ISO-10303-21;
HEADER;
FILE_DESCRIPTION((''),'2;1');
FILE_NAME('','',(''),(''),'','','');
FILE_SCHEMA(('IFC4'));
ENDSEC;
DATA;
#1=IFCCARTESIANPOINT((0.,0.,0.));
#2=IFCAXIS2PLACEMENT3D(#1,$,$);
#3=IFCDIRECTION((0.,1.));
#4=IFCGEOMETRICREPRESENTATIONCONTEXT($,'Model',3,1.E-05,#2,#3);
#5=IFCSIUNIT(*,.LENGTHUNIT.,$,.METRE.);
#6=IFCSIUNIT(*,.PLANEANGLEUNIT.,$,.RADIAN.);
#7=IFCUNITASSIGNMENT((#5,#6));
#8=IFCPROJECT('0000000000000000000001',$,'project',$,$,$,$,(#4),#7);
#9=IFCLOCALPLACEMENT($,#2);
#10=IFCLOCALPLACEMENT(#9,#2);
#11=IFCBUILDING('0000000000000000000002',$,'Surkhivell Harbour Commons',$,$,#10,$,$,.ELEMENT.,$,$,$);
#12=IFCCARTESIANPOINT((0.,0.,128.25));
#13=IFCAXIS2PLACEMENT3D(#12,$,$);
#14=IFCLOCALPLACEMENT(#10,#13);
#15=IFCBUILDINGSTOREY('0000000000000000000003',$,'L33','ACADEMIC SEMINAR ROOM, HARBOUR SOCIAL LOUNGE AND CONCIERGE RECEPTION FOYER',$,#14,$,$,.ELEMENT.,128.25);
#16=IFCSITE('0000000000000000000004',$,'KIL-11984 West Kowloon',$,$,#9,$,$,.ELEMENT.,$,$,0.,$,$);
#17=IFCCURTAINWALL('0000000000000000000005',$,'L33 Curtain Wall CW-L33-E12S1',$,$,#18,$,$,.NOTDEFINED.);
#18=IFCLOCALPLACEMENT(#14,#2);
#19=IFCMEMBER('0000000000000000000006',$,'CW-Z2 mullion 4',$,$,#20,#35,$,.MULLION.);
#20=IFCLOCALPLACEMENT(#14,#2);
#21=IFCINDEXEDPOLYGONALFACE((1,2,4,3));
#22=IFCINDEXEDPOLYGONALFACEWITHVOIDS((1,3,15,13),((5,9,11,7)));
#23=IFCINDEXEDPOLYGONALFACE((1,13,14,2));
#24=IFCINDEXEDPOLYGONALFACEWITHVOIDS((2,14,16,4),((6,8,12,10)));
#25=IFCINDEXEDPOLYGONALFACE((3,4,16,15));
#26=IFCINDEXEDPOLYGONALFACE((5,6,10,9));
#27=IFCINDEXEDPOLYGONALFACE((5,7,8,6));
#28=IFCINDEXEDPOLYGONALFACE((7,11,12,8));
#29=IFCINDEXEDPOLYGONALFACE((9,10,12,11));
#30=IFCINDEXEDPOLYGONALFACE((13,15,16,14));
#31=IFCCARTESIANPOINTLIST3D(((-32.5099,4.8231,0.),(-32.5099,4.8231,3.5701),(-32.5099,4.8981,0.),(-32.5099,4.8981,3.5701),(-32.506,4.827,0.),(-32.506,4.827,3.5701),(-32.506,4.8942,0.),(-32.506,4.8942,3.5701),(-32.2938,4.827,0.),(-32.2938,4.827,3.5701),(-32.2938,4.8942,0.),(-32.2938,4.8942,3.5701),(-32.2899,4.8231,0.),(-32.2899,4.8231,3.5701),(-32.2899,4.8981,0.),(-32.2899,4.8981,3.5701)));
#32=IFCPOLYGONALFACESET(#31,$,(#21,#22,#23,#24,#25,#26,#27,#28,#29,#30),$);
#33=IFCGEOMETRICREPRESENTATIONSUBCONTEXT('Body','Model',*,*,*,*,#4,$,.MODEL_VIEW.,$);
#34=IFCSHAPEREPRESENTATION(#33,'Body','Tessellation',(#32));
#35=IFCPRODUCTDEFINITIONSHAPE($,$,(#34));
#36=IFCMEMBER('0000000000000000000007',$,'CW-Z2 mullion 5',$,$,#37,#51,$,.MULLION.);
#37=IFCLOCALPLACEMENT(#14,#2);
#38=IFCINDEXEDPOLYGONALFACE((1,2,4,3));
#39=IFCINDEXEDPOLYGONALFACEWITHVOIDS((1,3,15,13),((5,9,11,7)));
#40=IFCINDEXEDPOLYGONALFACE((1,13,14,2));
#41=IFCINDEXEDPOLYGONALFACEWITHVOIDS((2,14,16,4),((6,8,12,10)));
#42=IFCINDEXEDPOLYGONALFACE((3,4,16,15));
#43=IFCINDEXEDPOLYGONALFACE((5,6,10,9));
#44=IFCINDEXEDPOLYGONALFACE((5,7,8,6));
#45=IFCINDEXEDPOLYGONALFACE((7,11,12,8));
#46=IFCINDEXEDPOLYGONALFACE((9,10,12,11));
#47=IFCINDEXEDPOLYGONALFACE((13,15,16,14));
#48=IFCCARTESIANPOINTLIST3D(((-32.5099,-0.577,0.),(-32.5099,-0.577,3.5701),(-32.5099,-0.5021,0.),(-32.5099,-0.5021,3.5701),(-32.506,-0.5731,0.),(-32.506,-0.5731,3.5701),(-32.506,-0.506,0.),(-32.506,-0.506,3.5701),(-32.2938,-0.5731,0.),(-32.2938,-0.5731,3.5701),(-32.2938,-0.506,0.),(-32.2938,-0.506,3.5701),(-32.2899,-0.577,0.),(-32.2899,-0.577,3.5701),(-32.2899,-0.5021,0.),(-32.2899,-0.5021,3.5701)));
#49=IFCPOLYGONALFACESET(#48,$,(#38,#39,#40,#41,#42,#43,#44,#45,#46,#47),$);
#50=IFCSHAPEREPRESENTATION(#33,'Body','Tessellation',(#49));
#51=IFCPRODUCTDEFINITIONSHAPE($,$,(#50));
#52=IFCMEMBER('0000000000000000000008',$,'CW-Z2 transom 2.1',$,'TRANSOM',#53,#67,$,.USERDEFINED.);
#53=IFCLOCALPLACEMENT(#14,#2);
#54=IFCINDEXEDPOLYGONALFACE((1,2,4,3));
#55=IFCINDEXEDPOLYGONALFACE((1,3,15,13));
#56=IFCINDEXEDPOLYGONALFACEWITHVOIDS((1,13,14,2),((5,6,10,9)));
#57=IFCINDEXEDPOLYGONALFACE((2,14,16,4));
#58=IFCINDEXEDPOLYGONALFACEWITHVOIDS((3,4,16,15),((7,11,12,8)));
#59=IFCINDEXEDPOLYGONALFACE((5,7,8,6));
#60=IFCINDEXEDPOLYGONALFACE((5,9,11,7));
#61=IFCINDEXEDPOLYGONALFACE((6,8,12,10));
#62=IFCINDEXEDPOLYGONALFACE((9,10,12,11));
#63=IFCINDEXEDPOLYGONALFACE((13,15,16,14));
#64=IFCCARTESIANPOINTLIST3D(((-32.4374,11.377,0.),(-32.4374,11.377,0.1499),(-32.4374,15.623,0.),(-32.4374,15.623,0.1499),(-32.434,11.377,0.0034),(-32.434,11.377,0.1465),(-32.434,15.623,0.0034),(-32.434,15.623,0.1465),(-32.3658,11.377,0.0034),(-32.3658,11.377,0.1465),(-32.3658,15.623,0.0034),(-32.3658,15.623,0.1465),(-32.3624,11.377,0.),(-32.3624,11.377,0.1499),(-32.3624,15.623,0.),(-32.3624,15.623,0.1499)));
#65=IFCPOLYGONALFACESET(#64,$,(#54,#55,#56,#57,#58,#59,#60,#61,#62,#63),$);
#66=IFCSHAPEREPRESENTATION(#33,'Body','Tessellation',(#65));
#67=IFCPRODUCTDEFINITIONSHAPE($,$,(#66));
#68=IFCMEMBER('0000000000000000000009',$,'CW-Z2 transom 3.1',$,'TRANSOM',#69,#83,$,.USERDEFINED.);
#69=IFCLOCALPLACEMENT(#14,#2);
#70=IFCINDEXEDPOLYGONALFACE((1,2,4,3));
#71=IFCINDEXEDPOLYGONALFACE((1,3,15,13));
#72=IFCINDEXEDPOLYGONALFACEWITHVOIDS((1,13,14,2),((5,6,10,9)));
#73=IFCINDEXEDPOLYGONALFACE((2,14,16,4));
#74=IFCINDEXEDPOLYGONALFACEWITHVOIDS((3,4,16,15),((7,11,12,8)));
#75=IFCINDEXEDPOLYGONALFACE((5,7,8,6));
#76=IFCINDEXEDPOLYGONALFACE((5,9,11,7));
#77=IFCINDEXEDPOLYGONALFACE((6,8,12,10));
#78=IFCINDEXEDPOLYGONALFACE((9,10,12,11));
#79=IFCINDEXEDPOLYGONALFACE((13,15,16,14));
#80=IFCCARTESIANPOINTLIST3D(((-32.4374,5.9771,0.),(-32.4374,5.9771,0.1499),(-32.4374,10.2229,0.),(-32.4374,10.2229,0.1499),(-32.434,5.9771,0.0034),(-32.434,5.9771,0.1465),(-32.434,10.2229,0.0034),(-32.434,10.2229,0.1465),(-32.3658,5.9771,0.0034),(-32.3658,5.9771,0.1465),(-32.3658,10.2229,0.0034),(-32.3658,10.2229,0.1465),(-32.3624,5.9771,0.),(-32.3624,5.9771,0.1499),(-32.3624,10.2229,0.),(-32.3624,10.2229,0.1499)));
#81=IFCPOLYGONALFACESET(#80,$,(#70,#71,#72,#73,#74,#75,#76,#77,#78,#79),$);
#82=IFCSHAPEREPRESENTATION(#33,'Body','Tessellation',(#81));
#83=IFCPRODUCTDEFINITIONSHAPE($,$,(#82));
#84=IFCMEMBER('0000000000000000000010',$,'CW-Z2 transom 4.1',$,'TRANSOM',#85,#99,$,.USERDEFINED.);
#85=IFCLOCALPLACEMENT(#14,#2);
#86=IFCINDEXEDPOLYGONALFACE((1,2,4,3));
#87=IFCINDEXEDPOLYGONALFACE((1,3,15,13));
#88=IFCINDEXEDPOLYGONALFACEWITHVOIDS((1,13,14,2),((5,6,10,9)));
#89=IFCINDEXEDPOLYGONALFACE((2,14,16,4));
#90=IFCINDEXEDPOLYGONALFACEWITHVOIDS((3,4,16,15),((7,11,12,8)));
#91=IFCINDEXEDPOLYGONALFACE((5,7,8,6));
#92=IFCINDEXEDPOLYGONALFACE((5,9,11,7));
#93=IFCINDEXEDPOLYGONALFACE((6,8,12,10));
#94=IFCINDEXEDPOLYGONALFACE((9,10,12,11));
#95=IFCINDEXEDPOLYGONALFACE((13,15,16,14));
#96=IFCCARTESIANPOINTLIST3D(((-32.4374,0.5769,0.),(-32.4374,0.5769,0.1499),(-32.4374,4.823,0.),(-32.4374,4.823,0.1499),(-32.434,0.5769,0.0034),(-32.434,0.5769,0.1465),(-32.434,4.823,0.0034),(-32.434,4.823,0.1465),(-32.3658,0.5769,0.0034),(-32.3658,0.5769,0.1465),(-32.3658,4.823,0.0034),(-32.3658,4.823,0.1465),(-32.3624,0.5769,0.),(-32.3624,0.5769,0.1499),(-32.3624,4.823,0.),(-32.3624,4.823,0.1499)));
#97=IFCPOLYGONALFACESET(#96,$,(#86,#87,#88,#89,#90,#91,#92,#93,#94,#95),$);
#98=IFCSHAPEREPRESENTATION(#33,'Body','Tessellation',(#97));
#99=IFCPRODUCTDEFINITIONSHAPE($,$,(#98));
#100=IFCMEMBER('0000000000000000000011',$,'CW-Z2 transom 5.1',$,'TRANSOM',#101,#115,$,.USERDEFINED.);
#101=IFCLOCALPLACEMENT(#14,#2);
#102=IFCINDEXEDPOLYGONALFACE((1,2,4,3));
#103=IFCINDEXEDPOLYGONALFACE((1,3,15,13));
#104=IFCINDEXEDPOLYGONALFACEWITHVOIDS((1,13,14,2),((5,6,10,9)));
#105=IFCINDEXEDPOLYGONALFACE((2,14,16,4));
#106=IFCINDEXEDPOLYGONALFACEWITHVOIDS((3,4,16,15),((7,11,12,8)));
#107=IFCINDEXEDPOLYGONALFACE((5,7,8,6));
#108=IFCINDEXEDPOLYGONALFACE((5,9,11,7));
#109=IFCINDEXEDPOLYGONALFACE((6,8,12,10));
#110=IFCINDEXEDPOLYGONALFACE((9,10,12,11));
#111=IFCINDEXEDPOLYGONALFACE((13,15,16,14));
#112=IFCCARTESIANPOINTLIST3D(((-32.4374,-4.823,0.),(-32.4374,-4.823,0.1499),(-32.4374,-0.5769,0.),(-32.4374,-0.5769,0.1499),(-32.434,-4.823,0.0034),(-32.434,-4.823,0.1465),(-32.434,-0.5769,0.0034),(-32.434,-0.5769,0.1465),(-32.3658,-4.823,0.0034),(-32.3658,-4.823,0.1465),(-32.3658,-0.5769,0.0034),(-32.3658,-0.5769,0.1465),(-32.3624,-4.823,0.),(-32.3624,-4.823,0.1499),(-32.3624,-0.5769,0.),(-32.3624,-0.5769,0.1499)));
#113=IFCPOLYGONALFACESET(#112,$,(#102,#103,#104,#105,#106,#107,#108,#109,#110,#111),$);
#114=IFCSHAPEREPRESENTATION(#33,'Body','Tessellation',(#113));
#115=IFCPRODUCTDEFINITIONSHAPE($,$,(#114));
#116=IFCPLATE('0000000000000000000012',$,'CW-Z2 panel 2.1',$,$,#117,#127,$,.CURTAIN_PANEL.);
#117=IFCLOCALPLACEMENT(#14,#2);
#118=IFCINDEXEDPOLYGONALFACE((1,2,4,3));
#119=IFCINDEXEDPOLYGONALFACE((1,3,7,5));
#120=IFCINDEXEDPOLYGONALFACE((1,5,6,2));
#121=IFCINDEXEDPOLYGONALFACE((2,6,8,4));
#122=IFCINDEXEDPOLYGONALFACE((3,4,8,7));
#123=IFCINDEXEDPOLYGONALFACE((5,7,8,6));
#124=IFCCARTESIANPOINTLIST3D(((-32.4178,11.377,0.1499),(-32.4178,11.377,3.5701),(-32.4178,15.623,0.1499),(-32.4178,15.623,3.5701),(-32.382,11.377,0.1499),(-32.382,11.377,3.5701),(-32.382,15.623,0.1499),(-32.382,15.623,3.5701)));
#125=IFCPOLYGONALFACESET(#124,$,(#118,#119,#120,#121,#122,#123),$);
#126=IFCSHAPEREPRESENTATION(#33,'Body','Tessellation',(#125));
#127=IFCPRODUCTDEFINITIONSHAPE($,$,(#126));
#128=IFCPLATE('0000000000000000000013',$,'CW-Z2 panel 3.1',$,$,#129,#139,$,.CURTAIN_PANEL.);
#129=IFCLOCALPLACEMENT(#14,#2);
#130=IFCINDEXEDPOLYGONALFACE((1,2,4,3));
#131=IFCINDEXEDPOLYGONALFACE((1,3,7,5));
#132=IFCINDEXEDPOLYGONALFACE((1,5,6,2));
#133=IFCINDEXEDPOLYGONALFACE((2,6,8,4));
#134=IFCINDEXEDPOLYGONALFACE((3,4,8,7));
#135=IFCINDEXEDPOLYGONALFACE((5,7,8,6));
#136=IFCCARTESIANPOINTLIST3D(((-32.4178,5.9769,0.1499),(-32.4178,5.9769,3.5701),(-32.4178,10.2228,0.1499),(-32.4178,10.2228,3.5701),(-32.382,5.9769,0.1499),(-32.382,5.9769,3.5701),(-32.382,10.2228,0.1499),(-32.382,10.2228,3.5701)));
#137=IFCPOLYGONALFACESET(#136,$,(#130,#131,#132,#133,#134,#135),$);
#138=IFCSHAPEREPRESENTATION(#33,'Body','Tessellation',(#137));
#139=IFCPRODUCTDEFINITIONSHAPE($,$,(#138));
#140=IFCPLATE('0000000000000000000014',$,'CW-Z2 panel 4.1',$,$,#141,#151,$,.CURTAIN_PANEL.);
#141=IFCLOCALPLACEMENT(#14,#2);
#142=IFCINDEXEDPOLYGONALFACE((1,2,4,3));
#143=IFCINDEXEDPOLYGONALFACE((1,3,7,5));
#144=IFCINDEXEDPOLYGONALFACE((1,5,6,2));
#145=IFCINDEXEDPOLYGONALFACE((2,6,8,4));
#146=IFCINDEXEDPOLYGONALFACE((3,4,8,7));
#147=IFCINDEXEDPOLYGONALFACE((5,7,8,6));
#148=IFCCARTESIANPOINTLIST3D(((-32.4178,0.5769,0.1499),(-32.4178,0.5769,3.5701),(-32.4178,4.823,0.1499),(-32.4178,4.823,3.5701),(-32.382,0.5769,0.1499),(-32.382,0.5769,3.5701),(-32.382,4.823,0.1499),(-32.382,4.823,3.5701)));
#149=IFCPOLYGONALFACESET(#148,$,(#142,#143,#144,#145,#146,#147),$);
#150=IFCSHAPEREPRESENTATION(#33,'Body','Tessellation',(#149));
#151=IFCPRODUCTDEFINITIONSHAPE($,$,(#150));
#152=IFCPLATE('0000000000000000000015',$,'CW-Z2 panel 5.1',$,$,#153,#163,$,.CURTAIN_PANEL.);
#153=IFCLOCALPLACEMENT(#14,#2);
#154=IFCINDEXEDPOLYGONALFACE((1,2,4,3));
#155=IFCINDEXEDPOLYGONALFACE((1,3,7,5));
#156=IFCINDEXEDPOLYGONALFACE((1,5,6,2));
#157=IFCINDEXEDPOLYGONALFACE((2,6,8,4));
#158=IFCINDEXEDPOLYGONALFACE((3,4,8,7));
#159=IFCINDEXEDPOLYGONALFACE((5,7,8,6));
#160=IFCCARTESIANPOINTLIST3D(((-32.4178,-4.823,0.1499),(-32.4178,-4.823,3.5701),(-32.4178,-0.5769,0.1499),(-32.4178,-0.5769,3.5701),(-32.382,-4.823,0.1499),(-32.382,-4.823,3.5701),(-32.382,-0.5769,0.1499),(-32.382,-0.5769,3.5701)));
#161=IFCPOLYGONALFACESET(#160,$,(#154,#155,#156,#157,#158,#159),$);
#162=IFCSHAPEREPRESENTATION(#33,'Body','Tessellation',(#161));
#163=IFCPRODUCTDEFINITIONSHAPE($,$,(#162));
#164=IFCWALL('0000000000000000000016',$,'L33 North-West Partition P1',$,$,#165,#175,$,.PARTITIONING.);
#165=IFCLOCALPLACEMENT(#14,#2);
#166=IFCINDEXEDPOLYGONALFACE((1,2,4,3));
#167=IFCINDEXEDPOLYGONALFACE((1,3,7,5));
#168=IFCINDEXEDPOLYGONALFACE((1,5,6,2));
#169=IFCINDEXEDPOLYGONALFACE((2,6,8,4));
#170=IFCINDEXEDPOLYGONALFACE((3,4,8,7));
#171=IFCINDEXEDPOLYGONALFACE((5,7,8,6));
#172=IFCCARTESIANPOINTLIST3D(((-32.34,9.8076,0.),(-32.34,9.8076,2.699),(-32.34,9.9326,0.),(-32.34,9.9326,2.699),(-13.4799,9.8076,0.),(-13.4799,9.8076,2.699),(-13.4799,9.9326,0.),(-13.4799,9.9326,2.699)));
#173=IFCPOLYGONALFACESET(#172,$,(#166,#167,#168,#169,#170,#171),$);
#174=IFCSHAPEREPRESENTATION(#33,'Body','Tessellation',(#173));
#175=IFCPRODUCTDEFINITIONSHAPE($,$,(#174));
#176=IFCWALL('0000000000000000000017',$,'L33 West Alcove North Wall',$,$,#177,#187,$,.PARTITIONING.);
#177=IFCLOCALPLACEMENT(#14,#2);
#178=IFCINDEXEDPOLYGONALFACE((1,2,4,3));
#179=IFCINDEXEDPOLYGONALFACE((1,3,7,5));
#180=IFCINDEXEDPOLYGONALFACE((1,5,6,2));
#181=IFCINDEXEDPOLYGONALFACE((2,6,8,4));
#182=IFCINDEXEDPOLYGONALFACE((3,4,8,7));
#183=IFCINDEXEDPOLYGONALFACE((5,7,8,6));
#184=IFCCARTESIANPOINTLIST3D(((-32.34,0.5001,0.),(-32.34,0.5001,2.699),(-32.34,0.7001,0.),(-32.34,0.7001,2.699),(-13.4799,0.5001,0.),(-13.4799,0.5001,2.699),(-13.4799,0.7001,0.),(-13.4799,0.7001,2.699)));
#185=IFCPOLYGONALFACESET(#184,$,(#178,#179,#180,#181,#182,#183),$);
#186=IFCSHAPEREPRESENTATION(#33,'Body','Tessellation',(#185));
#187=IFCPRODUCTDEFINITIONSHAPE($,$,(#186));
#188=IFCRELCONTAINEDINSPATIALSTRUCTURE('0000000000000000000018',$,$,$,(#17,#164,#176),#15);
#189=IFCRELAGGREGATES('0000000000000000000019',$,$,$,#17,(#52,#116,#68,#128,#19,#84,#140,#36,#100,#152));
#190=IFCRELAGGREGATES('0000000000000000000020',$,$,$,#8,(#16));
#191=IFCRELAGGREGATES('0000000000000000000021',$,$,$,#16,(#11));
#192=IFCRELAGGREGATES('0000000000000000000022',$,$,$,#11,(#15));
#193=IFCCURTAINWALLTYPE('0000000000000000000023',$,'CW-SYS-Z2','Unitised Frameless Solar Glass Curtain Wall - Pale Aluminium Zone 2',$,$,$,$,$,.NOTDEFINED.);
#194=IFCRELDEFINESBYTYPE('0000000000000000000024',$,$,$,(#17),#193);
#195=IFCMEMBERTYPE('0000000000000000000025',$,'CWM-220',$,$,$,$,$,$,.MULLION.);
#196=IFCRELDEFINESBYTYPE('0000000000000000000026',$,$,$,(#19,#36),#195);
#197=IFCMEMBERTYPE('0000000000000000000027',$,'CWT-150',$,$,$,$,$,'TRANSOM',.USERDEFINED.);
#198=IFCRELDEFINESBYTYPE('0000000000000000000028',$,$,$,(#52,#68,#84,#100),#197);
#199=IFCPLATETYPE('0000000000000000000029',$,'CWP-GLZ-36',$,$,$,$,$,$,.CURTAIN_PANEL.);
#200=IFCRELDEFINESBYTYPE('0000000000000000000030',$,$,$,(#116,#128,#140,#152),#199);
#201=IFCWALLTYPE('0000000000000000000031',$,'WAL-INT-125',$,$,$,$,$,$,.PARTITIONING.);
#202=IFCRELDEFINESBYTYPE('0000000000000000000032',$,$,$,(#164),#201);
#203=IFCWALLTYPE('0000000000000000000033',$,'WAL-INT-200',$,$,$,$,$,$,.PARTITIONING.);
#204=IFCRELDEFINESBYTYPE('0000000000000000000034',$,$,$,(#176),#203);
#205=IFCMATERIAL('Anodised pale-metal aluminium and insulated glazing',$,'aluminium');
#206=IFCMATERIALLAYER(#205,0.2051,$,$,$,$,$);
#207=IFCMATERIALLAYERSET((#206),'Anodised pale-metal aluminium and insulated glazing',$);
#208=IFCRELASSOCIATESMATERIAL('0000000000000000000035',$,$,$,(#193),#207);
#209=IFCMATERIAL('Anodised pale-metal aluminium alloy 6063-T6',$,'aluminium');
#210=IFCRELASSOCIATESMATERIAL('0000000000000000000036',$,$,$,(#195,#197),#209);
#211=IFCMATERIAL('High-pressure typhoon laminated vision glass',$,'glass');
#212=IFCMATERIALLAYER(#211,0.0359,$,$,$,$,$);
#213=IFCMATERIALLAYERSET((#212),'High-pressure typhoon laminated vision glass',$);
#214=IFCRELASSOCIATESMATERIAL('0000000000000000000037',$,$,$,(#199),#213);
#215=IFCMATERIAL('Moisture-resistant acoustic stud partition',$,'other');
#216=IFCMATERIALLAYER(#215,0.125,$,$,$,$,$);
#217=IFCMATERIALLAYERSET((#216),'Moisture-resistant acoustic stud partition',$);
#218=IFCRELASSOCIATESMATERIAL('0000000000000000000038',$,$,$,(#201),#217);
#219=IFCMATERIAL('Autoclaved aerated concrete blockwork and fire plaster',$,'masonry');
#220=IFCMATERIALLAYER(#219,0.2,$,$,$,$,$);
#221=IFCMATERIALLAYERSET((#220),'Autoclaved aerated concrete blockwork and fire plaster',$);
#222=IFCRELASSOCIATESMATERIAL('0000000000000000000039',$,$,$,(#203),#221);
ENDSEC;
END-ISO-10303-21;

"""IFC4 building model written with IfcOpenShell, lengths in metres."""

from ifc_helpers import new_model, si_unit, direction, frame, frame_2d, origin, origin_2d, place, context, subcontext, project, spatial, rectangle, hollow_rectangle, extrude, material, layer, layer_set, material_profile, profile_set, type_object, element, aggregate, save


model = new_model("IFC4")

# Units and contexts
model_context = context("Model", 3, precision=1e-05, world=origin(), true_north=direction((0.0, 1.0)))
body_context = subcontext(model_context, "Body", "Model", "MODEL_VIEW")
ifc_project = project(units=[si_unit("LENGTHUNIT", "METRE"), si_unit("PLANEANGLEUNIT", "RADIAN")], contexts=[model_context])

# Site, building, storey
site_placement = place(None, origin())
site = spatial("IfcSite", under=ifc_project, at=site_placement, Name="KIL-11984 West Kowloon", CompositionType="ELEMENT", RefElevation=0.0)
building_placement = place(site_placement, origin())
building = spatial("IfcBuilding", under=site, at=building_placement, Name="Surkhivell Harbour Commons", CompositionType="ELEMENT")
storey_placement = place(building_placement, frame((0.0, 0.0, 128.25)))
storey = spatial("IfcBuildingStorey", under=building, at=storey_placement, Name="L33", Description="ACADEMIC SEMINAR ROOM, HARBOUR SOCIAL LOUNGE AND CONCIERGE RECEPTION FOYER", CompositionType="ELEMENT", Elevation=128.25)

# Curtain wall, members, plates
ifc_material_1 = material(Name="Anodised pale-metal aluminium and insulated glazing", Category="aluminium")
ifc_layer_1 = layer(ifc_material_1, 0.2051)
ifc_layer_set_1 = layer_set([ifc_layer_1], Name="Anodised pale-metal aluminium and insulated glazing")
curtain_wall_type = type_object("IfcCurtainWallType", Name="CW-SYS-Z2", Description="Unitised Frameless Solar Glass Curtain Wall - Pale Aluminium Zone 2", PredefinedType="NOTDEFINED", material=ifc_layer_set_1)
curtain_wall_placement = place(storey_placement, origin())
curtain_wall = element("IfcCurtainWall", 1, at=curtain_wall_placement, inside=storey, type_object=curtain_wall_type, Name="L33 Curtain Wall CW-L33-E12S1", PredefinedType="NOTDEFINED")
ifc_material_2 = material(Name="Anodised pale-metal aluminium alloy 6063-T6", Category="aluminium")
ifc_material_profile_1 = material_profile(ifc_material_2, hollow_rectangle(XDim=0.075, YDim=0.22, WallThickness=0.0039, at=origin_2d()), Name="ALU-MULL-75x220")
ifc_profile_set_1 = profile_set([ifc_material_profile_1], Name="Anodised pale-metal aluminium alloy 6063-T6")
member_type_1 = type_object("IfcMemberType", Name="CWM-220", PredefinedType="MULLION", material=ifc_profile_set_1)
member_1_placement = place(storey_placement, frame((-32.3999, 4.8606, 0.0), z_axis=(0.0, 0.0, 1.0), x_axis=(0.0, -1.0, 0.0)))
member_1 = element("IfcMember", 2, at=member_1_placement, type_object=member_type_1, Name="CW-Z2 mullion 4", PredefinedType="MULLION", context=body_context, shape_type="SweptSolid", body=[
    extrude(hollow_rectangle(XDim=0.075, YDim=0.22, WallThickness=0.0039, at=origin_2d()), origin(), (0.0, 0.0, 1.0), 3.5701),
])
member_2_placement = place(storey_placement, frame((-32.3999, -0.5396, 0.0), z_axis=(0.0, 0.0, 1.0), x_axis=(0.0, -1.0, 0.0)))
member_2 = element("IfcMember", 3, at=member_2_placement, type_object=member_type_1, Name="CW-Z2 mullion 5", PredefinedType="MULLION", context=body_context, shape_type="SweptSolid", body=[
    extrude(hollow_rectangle(XDim=0.075, YDim=0.22, WallThickness=0.0039, at=origin_2d()), origin(), (0.0, 0.0, 1.0), 3.5701),
])
ifc_material_profile_2 = material_profile(ifc_material_2, hollow_rectangle(XDim=0.075, YDim=0.1499, WallThickness=0.0034, at=origin_2d()), Name="ALU-TRAN-75x150")
ifc_profile_set_2 = profile_set([ifc_material_profile_2], Name="Anodised pale-metal aluminium alloy 6063-T6")
member_type_2 = type_object("IfcMemberType", Name="CWT-150", ElementType="TRANSOM", PredefinedType="USERDEFINED", material=ifc_profile_set_2)
member_3_placement = place(storey_placement, frame((-32.3999, 15.623, 0.075), z_axis=(0.0, -1.0, 0.0), x_axis=(1.0, 0.0, 0.0)))
member_3 = element("IfcMember", 4, at=member_3_placement, type_object=member_type_2, Name="CW-Z2 transom 2.1", ObjectType="TRANSOM", PredefinedType="USERDEFINED", context=body_context, shape_type="SweptSolid", body=[
    extrude(hollow_rectangle(XDim=0.075, YDim=0.1499, WallThickness=0.0034, at=origin_2d()), origin(), (0.0, 0.0, 1.0), 4.2461),
])
member_4_placement = place(storey_placement, frame((-32.3999, 10.2229, 0.075), z_axis=(0.0, -1.0, 0.0), x_axis=(1.0, 0.0, 0.0)))
member_4 = element("IfcMember", 5, at=member_4_placement, type_object=member_type_2, Name="CW-Z2 transom 3.1", ObjectType="TRANSOM", PredefinedType="USERDEFINED", context=body_context, shape_type="SweptSolid", body=[
    extrude(hollow_rectangle(XDim=0.075, YDim=0.1499, WallThickness=0.0034, at=origin_2d()), origin(), (0.0, 0.0, 1.0), 4.2458),
])
member_5_placement = place(storey_placement, frame((-32.3999, 4.823, 0.075), z_axis=(0.0, -1.0, 0.0), x_axis=(1.0, 0.0, 0.0)))
member_5 = element("IfcMember", 6, at=member_5_placement, type_object=member_type_2, Name="CW-Z2 transom 4.1", ObjectType="TRANSOM", PredefinedType="USERDEFINED", context=body_context, shape_type="SweptSolid", body=[
    extrude(hollow_rectangle(XDim=0.075, YDim=0.1499, WallThickness=0.0034, at=origin_2d()), origin(), (0.0, 0.0, 1.0), 4.2461),
])
member_6_placement = place(storey_placement, frame((-32.3999, -0.5769, 0.075), z_axis=(0.0, -1.0, 0.0), x_axis=(1.0, 0.0, 0.0)))
member_6 = element("IfcMember", 7, at=member_6_placement, type_object=member_type_2, Name="CW-Z2 transom 5.1", ObjectType="TRANSOM", PredefinedType="USERDEFINED", context=body_context, shape_type="SweptSolid", body=[
    extrude(hollow_rectangle(XDim=0.075, YDim=0.1499, WallThickness=0.0034, at=origin_2d()), origin(), (0.0, 0.0, 1.0), 4.2461),
])
ifc_material_3 = material(Name="High-pressure typhoon laminated vision glass", Category="glass")
ifc_layer_2 = layer(ifc_material_3, 0.0359)
ifc_layer_set_2 = layer_set([ifc_layer_2], Name="High-pressure typhoon laminated vision glass")
plate_type = type_object("IfcPlateType", Name="CWP-GLZ-36", PredefinedType="CURTAIN_PANEL", material=ifc_layer_set_2)
plate_1_placement = place(storey_placement, frame((-32.3999, 15.623, 0.1499), z_axis=(0.0, 0.0, 1.0), x_axis=(0.0, -1.0, 0.0)))
plate_1 = element("IfcPlate", 8, at=plate_1_placement, type_object=plate_type, Name="CW-Z2 panel 2.1", PredefinedType="CURTAIN_PANEL", context=body_context, shape_type="SweptSolid", body=[
    extrude(rectangle(XDim=4.2461, YDim=0.0359, at=frame_2d((2.123, 0.0))), origin(), (0.0, 0.0, 1.0), 3.4202),
])
plate_2_placement = place(storey_placement, frame((-32.3999, 10.2229, 0.1499), z_axis=(0.0, 0.0, 1.0), x_axis=(0.0, -1.0, 0.0)))
plate_2 = element("IfcPlate", 9, at=plate_2_placement, type_object=plate_type, Name="CW-Z2 panel 3.1", PredefinedType="CURTAIN_PANEL", context=body_context, shape_type="SweptSolid", body=[
    extrude(rectangle(XDim=4.2458, YDim=0.0359, at=frame_2d((2.123, 0.0))), origin(), (0.0, 0.0, 1.0), 3.4202),
])
plate_3_placement = place(storey_placement, frame((-32.3999, 4.823, 0.1499), z_axis=(0.0, 0.0, 1.0), x_axis=(0.0, -1.0, 0.0)))
plate_3 = element("IfcPlate", 10, at=plate_3_placement, type_object=plate_type, Name="CW-Z2 panel 4.1", PredefinedType="CURTAIN_PANEL", context=body_context, shape_type="SweptSolid", body=[
    extrude(rectangle(XDim=4.2461, YDim=0.0359, at=frame_2d((2.123, 0.0))), origin(), (0.0, 0.0, 1.0), 3.4202),
])
plate_4_placement = place(storey_placement, frame((-32.3999, -0.5769, 0.1499), z_axis=(0.0, 0.0, 1.0), x_axis=(0.0, -1.0, 0.0)))
plate_4 = element("IfcPlate", 11, at=plate_4_placement, type_object=plate_type, Name="CW-Z2 panel 5.1", PredefinedType="CURTAIN_PANEL", context=body_context, shape_type="SweptSolid", body=[
    extrude(rectangle(XDim=4.2461, YDim=0.0359, at=frame_2d((2.123, 0.0))), origin(), (0.0, 0.0, 1.0), 3.4202),
])
aggregate(curtain_wall, [member_3, plate_1, member_4, plate_2, member_1, member_5, plate_3, member_2, member_6, plate_4])

# Walls
ifc_material_4 = material(Name="Moisture-resistant acoustic stud partition", Category="other")
ifc_layer_3 = layer(ifc_material_4, 0.125)
ifc_layer_set_3 = layer_set([ifc_layer_3], Name="Moisture-resistant acoustic stud partition")
wall_type_1 = type_object("IfcWallType", Name="WAL-INT-125", PredefinedType="PARTITIONING", material=ifc_layer_set_3)
wall_1_placement = place(storey_placement, frame((-32.3401, 9.8701, 0.0), z_axis=(0.0, 0.0, 1.0), x_axis=(1.0, 0.0, 0.0)))
element("IfcWall", 12, at=wall_1_placement, inside=storey, type_object=wall_type_1, Name="L33 North-West Partition P1", PredefinedType="PARTITIONING", context=body_context, shape_type="SweptSolid", body=[
    extrude(rectangle(XDim=18.8601, YDim=0.125, at=frame_2d((9.4302, 0.0))), origin(), (0.0, 0.0, 1.0), 2.699),
])
ifc_material_5 = material(Name="Autoclaved aerated concrete blockwork and fire plaster", Category="masonry")
ifc_layer_4 = layer(ifc_material_5, 0.2)
ifc_layer_set_4 = layer_set([ifc_layer_4], Name="Autoclaved aerated concrete blockwork and fire plaster")
wall_type_2 = type_object("IfcWallType", Name="WAL-INT-200", PredefinedType="PARTITIONING", material=ifc_layer_set_4)
wall_2_placement = place(storey_placement, frame((-32.3401, 0.6001, 0.0), z_axis=(0.0, 0.0, 1.0), x_axis=(1.0, 0.0, 0.0)))
element("IfcWall", 13, at=wall_2_placement, inside=storey, type_object=wall_type_2, Name="L33 West Alcove North Wall", PredefinedType="PARTITIONING", context=body_context, shape_type="SweptSolid", body=[
    extrude(rectangle(XDim=18.8601, YDim=0.2, at=frame_2d((9.4302, 0.0))), origin(), (0.0, 0.0, 1.0), 2.699),
])

save(model, "model.ifc")
